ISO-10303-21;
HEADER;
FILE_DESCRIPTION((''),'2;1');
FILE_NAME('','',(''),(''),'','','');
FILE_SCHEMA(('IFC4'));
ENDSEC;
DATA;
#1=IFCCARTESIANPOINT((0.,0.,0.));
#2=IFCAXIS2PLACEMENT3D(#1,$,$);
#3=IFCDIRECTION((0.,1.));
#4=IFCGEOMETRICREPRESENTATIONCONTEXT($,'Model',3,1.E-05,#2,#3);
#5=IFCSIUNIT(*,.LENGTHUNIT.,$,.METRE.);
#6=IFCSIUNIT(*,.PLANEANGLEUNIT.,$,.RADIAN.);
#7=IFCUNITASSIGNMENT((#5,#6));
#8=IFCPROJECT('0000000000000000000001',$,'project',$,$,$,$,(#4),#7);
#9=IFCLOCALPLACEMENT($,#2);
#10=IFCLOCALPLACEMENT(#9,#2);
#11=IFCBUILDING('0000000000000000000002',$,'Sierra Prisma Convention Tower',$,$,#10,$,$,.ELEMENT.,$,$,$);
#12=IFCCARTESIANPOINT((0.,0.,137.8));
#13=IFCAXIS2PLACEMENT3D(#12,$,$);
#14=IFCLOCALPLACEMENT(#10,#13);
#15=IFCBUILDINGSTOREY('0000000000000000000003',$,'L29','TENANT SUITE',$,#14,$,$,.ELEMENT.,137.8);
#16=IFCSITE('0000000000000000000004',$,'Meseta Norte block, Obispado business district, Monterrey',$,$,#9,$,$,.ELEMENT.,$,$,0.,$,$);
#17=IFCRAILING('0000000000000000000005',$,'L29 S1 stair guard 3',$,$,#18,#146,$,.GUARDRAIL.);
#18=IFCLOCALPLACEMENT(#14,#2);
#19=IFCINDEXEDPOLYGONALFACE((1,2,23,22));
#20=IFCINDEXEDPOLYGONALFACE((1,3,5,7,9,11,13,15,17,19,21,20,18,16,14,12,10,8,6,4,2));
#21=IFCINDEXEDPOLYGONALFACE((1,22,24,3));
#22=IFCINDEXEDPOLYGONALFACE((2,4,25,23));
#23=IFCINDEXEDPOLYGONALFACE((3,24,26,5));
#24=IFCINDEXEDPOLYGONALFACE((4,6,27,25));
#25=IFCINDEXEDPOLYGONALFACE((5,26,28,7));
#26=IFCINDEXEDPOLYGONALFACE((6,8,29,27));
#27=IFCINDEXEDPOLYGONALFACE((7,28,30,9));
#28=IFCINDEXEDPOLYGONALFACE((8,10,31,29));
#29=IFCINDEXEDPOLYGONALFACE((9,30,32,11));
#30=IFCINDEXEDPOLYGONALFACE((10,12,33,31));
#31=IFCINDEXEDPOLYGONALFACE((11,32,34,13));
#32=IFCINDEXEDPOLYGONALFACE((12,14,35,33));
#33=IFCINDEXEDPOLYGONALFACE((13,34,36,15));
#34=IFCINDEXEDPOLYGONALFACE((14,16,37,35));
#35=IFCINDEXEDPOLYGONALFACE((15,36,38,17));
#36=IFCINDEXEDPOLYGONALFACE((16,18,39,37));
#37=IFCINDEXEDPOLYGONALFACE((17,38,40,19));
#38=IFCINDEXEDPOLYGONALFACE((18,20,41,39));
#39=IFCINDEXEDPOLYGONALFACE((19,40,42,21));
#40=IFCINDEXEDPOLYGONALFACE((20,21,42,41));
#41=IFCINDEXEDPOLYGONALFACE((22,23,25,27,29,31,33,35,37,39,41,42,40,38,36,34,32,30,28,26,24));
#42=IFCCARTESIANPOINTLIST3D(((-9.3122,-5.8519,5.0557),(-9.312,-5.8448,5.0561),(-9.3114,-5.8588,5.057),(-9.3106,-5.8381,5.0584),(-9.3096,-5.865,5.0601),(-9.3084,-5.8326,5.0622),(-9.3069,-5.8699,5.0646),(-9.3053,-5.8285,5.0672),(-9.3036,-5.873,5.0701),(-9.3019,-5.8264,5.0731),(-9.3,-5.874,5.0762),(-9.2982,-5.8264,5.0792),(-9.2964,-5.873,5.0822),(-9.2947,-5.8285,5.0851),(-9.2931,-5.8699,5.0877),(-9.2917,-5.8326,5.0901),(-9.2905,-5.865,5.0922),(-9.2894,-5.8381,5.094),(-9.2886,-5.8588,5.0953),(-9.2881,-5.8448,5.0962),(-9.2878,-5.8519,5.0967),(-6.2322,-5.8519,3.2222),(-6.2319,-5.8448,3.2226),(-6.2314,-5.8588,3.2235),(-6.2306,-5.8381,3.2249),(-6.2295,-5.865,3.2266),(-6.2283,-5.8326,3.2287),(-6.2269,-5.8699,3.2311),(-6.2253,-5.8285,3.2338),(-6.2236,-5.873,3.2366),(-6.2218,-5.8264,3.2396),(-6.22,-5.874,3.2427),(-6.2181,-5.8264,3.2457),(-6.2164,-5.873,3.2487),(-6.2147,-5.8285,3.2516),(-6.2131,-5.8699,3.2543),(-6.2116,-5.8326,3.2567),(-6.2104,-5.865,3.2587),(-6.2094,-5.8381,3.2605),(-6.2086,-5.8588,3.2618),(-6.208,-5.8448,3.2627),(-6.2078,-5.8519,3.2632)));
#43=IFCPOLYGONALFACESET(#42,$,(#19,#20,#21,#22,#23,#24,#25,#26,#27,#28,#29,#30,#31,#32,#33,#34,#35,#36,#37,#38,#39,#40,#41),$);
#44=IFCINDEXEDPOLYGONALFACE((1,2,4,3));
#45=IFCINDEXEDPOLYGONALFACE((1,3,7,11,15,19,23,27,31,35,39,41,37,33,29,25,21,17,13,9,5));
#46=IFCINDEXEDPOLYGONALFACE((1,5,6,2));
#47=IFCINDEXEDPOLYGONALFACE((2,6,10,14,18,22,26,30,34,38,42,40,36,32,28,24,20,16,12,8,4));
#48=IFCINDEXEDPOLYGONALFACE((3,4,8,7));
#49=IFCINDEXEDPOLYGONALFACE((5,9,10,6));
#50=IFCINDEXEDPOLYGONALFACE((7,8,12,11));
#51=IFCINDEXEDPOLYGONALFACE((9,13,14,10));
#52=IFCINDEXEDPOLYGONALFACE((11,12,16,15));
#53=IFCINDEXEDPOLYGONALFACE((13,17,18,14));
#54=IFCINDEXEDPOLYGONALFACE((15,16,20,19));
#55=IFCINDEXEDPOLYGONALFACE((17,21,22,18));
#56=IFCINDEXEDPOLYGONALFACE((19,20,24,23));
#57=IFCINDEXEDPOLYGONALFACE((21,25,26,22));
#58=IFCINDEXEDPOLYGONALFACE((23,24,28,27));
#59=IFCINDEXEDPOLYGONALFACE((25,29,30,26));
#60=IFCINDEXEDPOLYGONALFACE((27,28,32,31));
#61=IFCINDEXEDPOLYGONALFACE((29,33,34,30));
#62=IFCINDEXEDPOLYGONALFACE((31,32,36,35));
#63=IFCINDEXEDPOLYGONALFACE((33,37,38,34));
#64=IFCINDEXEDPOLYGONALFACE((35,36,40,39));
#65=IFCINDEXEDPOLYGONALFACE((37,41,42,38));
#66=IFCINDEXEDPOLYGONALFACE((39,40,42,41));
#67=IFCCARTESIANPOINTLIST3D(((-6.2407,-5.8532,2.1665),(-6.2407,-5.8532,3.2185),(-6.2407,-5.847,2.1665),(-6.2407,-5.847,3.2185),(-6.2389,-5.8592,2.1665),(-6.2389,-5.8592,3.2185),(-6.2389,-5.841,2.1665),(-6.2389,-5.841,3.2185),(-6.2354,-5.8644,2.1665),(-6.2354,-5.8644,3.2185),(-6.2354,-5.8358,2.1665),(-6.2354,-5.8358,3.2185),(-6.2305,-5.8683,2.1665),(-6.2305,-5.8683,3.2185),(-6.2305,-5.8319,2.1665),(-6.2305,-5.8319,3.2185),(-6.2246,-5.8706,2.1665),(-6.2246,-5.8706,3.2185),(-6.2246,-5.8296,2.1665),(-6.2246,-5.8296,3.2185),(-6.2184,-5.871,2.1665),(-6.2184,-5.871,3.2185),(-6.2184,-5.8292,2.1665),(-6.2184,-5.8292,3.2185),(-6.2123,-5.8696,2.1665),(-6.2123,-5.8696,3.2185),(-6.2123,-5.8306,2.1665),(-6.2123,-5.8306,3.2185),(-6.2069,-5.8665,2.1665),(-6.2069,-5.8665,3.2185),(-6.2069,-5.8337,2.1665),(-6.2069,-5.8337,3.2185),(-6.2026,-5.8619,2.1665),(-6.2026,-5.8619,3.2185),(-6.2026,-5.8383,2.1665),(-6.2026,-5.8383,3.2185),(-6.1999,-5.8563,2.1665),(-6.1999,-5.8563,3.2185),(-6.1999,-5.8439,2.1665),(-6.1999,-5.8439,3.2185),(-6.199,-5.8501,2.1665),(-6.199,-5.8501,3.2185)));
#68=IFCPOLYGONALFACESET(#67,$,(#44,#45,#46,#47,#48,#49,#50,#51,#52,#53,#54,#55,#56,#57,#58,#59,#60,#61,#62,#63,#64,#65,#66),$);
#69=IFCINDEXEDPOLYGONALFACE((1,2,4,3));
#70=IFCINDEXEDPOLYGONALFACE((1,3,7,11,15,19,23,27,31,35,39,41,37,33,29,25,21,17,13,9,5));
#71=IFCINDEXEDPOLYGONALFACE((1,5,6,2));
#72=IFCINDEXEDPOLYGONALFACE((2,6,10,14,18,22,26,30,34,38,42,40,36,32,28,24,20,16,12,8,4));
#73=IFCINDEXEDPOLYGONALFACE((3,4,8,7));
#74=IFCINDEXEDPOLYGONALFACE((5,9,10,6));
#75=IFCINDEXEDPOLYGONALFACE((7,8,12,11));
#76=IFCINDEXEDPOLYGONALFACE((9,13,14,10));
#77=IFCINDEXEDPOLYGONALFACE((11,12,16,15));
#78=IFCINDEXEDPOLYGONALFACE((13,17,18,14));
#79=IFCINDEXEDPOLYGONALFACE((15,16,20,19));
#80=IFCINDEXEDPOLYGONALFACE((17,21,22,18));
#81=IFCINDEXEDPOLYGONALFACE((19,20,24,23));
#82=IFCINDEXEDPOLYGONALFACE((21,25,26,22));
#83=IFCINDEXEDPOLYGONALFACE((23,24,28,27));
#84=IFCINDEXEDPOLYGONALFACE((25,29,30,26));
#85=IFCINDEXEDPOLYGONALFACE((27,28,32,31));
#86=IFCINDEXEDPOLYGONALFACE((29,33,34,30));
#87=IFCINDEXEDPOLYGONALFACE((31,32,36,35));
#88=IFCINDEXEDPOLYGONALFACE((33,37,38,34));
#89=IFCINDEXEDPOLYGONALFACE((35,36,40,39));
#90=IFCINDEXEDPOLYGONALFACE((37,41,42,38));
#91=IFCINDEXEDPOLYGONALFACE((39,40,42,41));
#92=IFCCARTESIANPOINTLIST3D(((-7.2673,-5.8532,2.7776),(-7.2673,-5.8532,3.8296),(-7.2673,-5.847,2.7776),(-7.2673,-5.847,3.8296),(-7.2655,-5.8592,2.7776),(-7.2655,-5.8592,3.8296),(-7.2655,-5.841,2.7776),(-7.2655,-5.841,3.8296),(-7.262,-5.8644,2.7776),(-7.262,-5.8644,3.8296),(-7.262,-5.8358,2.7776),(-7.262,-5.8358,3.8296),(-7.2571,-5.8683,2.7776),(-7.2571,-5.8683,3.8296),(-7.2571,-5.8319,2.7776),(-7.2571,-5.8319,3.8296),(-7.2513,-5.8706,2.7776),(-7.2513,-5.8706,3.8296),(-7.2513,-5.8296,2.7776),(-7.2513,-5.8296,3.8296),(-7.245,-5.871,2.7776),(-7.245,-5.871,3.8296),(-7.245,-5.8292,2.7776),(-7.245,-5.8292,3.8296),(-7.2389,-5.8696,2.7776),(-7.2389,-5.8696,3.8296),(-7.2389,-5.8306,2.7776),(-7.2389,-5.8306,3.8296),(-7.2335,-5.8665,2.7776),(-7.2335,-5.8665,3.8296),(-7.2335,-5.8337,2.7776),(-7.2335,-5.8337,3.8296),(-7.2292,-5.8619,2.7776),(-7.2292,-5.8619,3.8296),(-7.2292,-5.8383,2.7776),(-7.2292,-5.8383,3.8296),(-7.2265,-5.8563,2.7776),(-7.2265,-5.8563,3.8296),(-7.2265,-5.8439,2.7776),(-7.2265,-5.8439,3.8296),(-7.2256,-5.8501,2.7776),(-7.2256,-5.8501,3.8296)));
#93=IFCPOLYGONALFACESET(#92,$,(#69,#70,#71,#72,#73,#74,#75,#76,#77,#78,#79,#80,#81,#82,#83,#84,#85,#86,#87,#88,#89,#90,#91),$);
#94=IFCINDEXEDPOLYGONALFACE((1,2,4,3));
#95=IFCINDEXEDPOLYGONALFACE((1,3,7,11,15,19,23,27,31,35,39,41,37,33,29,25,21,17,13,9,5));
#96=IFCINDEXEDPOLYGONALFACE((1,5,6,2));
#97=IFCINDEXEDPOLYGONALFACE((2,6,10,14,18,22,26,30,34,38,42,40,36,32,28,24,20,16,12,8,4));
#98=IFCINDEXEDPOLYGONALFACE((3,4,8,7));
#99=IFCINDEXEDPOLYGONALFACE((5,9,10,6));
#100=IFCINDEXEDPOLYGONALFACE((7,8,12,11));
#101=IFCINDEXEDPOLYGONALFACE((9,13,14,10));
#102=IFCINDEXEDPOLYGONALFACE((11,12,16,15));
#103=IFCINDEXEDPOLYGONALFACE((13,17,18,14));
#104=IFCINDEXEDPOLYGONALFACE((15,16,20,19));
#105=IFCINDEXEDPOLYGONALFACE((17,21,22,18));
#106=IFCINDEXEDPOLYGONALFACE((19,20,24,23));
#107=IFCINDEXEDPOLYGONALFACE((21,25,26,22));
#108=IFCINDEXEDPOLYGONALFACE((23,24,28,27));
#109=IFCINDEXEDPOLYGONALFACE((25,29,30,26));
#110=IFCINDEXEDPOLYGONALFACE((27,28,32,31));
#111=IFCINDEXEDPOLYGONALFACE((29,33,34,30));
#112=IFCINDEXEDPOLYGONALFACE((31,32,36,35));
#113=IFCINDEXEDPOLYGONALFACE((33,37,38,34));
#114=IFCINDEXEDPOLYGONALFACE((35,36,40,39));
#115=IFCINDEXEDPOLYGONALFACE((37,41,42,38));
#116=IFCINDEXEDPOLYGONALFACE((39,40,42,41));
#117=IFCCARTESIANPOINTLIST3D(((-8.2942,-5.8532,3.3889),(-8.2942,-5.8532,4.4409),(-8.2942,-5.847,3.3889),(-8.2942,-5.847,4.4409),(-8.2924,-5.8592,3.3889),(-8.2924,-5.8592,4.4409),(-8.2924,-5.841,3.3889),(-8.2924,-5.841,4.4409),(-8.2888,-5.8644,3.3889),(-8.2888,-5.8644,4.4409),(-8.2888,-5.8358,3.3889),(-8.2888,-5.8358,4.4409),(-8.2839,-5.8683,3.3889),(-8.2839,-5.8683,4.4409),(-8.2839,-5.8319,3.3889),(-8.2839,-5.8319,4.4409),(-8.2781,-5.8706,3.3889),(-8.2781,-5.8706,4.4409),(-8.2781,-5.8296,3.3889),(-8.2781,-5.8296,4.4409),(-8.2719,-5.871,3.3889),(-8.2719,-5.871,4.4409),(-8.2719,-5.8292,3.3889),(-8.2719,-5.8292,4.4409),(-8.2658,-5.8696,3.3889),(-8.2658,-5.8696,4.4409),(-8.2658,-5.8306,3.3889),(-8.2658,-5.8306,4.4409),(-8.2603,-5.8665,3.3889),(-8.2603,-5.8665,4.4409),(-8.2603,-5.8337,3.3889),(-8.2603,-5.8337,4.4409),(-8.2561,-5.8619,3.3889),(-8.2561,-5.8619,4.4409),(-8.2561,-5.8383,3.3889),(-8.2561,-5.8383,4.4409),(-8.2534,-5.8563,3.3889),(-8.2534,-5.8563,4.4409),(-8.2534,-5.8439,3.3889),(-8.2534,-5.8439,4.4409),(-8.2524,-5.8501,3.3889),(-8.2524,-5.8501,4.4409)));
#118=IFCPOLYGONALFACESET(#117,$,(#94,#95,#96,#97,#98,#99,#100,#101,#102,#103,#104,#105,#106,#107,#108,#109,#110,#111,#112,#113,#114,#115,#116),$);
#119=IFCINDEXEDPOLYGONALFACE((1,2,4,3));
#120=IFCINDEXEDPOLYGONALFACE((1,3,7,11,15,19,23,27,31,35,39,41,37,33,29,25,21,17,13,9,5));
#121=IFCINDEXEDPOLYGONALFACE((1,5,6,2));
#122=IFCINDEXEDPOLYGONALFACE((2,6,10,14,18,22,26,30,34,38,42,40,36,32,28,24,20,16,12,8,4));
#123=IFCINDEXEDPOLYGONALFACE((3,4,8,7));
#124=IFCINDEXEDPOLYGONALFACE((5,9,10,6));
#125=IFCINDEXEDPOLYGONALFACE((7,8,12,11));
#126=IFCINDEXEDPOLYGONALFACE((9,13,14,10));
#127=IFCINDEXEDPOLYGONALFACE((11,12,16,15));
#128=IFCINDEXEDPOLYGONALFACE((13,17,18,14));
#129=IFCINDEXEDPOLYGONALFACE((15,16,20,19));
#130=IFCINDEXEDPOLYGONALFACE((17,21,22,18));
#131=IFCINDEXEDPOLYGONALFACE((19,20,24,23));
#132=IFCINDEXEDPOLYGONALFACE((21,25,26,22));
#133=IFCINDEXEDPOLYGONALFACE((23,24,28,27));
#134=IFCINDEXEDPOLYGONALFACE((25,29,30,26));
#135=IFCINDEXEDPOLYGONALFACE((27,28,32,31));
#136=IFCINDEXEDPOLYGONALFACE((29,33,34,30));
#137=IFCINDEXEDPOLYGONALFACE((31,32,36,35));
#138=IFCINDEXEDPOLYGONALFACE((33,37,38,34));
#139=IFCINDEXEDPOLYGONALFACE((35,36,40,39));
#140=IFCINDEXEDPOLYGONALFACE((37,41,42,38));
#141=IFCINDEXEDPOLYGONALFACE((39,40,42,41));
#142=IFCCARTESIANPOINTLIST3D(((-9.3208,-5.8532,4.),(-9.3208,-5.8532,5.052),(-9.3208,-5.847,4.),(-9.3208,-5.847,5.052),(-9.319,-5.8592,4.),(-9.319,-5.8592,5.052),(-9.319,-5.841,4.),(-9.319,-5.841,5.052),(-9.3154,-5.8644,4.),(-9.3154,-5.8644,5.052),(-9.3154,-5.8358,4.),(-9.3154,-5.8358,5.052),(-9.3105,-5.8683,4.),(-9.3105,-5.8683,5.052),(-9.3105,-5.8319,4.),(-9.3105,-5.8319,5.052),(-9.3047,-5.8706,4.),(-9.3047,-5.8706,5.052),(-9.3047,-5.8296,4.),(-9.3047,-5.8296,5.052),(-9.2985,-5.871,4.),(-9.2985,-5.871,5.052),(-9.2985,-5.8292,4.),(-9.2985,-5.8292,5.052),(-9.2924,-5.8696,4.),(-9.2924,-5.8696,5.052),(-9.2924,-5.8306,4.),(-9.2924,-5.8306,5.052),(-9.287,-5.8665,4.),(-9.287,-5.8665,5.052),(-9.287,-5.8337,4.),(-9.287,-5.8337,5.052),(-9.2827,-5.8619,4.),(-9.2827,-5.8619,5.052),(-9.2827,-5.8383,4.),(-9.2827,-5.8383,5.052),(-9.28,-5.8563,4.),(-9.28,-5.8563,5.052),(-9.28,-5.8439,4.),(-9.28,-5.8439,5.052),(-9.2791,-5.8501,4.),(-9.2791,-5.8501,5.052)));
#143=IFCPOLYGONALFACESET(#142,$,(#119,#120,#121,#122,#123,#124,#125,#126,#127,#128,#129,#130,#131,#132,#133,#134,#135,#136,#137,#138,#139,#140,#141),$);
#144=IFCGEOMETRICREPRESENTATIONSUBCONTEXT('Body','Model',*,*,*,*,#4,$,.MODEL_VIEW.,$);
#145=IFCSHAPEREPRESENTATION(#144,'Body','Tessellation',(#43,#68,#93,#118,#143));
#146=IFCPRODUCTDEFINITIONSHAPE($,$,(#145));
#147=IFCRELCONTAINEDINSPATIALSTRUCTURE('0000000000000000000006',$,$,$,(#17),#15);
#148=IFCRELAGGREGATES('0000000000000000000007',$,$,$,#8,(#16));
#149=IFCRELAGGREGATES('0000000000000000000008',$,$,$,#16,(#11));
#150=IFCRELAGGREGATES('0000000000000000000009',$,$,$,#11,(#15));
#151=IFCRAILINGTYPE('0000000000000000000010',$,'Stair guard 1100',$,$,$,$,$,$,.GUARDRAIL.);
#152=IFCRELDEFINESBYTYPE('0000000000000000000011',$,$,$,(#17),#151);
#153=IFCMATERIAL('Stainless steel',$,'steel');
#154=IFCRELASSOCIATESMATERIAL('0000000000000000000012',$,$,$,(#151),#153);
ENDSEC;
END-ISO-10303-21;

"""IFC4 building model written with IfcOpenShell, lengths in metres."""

from ifc_helpers import new_model, si_unit, direction, frame, origin, origin_2d, place, context, subcontext, project, spatial, circle, extrude, material, type_object, element, save


model = new_model("IFC4")

# Units and contexts
model_context = context("Model", 3, precision=1e-05, world=origin(), true_north=direction((0.0, 1.0)))
body_context = subcontext(model_context, "Body", "Model", "MODEL_VIEW")
ifc_project = project(units=[si_unit("LENGTHUNIT", "METRE"), si_unit("PLANEANGLEUNIT", "RADIAN")], contexts=[model_context])

# Site, building, storey
site_placement = place(None, origin())
site = spatial("IfcSite", under=ifc_project, at=site_placement, Name="Meseta Norte block, Obispado business district, Monterrey", CompositionType="ELEMENT", RefElevation=0.0)
building_placement = place(site_placement, origin())
building = spatial("IfcBuilding", under=site, at=building_placement, Name="Sierra Prisma Convention Tower", CompositionType="ELEMENT")
storey_placement = place(building_placement, frame((0.0, 0.0, 137.8)))
storey = spatial("IfcBuildingStorey", under=building, at=storey_placement, Name="L29", Description="TENANT SUITE", CompositionType="ELEMENT", Elevation=137.8)

# Railing
ifc_material_1 = material(Name="Stainless steel", Category="steel")
railing_type_1 = type_object("IfcRailingType", Name="Stair guard 1100", PredefinedType="GUARDRAIL", material=ifc_material_1)
railing_1_placement = place(storey_placement, frame((-6.22, -5.8501, 2.1665)))
element("IfcRailing", 1, at=railing_1_placement, inside=storey, type_object=railing_type_1, Name="L29 S1 stair guard 3", PredefinedType="GUARDRAIL", context=body_context, shape_type="SweptSolid", body=[
    extrude(circle(Radius=0.0239, at=origin_2d()), frame((0.0, 0.0, 1.0762), z_axis=(-0.859279, 0.0, 0.511508), x_axis=(0.0, -1.0, 0.0)), (0.0, 0.0, 1.0), 3.5845),
    extrude(circle(Radius=0.021, at=origin_2d()), origin(), (0.0, 0.0, 1.0), 1.052),
    extrude(circle(Radius=0.021, at=origin_2d()), frame((-1.0266, 0.0, 0.6111)), (0.0, 0.0, 1.0), 1.052),
    extrude(circle(Radius=0.021, at=origin_2d()), frame((-2.0535, 0.0, 1.2224)), (0.0, 0.0, 1.0), 1.052),
    extrude(circle(Radius=0.021, at=origin_2d()), frame((-3.0801, 0.0, 1.8335)), (0.0, 0.0, 1.0), 1.052),
])

save(model, "model.ifc")
